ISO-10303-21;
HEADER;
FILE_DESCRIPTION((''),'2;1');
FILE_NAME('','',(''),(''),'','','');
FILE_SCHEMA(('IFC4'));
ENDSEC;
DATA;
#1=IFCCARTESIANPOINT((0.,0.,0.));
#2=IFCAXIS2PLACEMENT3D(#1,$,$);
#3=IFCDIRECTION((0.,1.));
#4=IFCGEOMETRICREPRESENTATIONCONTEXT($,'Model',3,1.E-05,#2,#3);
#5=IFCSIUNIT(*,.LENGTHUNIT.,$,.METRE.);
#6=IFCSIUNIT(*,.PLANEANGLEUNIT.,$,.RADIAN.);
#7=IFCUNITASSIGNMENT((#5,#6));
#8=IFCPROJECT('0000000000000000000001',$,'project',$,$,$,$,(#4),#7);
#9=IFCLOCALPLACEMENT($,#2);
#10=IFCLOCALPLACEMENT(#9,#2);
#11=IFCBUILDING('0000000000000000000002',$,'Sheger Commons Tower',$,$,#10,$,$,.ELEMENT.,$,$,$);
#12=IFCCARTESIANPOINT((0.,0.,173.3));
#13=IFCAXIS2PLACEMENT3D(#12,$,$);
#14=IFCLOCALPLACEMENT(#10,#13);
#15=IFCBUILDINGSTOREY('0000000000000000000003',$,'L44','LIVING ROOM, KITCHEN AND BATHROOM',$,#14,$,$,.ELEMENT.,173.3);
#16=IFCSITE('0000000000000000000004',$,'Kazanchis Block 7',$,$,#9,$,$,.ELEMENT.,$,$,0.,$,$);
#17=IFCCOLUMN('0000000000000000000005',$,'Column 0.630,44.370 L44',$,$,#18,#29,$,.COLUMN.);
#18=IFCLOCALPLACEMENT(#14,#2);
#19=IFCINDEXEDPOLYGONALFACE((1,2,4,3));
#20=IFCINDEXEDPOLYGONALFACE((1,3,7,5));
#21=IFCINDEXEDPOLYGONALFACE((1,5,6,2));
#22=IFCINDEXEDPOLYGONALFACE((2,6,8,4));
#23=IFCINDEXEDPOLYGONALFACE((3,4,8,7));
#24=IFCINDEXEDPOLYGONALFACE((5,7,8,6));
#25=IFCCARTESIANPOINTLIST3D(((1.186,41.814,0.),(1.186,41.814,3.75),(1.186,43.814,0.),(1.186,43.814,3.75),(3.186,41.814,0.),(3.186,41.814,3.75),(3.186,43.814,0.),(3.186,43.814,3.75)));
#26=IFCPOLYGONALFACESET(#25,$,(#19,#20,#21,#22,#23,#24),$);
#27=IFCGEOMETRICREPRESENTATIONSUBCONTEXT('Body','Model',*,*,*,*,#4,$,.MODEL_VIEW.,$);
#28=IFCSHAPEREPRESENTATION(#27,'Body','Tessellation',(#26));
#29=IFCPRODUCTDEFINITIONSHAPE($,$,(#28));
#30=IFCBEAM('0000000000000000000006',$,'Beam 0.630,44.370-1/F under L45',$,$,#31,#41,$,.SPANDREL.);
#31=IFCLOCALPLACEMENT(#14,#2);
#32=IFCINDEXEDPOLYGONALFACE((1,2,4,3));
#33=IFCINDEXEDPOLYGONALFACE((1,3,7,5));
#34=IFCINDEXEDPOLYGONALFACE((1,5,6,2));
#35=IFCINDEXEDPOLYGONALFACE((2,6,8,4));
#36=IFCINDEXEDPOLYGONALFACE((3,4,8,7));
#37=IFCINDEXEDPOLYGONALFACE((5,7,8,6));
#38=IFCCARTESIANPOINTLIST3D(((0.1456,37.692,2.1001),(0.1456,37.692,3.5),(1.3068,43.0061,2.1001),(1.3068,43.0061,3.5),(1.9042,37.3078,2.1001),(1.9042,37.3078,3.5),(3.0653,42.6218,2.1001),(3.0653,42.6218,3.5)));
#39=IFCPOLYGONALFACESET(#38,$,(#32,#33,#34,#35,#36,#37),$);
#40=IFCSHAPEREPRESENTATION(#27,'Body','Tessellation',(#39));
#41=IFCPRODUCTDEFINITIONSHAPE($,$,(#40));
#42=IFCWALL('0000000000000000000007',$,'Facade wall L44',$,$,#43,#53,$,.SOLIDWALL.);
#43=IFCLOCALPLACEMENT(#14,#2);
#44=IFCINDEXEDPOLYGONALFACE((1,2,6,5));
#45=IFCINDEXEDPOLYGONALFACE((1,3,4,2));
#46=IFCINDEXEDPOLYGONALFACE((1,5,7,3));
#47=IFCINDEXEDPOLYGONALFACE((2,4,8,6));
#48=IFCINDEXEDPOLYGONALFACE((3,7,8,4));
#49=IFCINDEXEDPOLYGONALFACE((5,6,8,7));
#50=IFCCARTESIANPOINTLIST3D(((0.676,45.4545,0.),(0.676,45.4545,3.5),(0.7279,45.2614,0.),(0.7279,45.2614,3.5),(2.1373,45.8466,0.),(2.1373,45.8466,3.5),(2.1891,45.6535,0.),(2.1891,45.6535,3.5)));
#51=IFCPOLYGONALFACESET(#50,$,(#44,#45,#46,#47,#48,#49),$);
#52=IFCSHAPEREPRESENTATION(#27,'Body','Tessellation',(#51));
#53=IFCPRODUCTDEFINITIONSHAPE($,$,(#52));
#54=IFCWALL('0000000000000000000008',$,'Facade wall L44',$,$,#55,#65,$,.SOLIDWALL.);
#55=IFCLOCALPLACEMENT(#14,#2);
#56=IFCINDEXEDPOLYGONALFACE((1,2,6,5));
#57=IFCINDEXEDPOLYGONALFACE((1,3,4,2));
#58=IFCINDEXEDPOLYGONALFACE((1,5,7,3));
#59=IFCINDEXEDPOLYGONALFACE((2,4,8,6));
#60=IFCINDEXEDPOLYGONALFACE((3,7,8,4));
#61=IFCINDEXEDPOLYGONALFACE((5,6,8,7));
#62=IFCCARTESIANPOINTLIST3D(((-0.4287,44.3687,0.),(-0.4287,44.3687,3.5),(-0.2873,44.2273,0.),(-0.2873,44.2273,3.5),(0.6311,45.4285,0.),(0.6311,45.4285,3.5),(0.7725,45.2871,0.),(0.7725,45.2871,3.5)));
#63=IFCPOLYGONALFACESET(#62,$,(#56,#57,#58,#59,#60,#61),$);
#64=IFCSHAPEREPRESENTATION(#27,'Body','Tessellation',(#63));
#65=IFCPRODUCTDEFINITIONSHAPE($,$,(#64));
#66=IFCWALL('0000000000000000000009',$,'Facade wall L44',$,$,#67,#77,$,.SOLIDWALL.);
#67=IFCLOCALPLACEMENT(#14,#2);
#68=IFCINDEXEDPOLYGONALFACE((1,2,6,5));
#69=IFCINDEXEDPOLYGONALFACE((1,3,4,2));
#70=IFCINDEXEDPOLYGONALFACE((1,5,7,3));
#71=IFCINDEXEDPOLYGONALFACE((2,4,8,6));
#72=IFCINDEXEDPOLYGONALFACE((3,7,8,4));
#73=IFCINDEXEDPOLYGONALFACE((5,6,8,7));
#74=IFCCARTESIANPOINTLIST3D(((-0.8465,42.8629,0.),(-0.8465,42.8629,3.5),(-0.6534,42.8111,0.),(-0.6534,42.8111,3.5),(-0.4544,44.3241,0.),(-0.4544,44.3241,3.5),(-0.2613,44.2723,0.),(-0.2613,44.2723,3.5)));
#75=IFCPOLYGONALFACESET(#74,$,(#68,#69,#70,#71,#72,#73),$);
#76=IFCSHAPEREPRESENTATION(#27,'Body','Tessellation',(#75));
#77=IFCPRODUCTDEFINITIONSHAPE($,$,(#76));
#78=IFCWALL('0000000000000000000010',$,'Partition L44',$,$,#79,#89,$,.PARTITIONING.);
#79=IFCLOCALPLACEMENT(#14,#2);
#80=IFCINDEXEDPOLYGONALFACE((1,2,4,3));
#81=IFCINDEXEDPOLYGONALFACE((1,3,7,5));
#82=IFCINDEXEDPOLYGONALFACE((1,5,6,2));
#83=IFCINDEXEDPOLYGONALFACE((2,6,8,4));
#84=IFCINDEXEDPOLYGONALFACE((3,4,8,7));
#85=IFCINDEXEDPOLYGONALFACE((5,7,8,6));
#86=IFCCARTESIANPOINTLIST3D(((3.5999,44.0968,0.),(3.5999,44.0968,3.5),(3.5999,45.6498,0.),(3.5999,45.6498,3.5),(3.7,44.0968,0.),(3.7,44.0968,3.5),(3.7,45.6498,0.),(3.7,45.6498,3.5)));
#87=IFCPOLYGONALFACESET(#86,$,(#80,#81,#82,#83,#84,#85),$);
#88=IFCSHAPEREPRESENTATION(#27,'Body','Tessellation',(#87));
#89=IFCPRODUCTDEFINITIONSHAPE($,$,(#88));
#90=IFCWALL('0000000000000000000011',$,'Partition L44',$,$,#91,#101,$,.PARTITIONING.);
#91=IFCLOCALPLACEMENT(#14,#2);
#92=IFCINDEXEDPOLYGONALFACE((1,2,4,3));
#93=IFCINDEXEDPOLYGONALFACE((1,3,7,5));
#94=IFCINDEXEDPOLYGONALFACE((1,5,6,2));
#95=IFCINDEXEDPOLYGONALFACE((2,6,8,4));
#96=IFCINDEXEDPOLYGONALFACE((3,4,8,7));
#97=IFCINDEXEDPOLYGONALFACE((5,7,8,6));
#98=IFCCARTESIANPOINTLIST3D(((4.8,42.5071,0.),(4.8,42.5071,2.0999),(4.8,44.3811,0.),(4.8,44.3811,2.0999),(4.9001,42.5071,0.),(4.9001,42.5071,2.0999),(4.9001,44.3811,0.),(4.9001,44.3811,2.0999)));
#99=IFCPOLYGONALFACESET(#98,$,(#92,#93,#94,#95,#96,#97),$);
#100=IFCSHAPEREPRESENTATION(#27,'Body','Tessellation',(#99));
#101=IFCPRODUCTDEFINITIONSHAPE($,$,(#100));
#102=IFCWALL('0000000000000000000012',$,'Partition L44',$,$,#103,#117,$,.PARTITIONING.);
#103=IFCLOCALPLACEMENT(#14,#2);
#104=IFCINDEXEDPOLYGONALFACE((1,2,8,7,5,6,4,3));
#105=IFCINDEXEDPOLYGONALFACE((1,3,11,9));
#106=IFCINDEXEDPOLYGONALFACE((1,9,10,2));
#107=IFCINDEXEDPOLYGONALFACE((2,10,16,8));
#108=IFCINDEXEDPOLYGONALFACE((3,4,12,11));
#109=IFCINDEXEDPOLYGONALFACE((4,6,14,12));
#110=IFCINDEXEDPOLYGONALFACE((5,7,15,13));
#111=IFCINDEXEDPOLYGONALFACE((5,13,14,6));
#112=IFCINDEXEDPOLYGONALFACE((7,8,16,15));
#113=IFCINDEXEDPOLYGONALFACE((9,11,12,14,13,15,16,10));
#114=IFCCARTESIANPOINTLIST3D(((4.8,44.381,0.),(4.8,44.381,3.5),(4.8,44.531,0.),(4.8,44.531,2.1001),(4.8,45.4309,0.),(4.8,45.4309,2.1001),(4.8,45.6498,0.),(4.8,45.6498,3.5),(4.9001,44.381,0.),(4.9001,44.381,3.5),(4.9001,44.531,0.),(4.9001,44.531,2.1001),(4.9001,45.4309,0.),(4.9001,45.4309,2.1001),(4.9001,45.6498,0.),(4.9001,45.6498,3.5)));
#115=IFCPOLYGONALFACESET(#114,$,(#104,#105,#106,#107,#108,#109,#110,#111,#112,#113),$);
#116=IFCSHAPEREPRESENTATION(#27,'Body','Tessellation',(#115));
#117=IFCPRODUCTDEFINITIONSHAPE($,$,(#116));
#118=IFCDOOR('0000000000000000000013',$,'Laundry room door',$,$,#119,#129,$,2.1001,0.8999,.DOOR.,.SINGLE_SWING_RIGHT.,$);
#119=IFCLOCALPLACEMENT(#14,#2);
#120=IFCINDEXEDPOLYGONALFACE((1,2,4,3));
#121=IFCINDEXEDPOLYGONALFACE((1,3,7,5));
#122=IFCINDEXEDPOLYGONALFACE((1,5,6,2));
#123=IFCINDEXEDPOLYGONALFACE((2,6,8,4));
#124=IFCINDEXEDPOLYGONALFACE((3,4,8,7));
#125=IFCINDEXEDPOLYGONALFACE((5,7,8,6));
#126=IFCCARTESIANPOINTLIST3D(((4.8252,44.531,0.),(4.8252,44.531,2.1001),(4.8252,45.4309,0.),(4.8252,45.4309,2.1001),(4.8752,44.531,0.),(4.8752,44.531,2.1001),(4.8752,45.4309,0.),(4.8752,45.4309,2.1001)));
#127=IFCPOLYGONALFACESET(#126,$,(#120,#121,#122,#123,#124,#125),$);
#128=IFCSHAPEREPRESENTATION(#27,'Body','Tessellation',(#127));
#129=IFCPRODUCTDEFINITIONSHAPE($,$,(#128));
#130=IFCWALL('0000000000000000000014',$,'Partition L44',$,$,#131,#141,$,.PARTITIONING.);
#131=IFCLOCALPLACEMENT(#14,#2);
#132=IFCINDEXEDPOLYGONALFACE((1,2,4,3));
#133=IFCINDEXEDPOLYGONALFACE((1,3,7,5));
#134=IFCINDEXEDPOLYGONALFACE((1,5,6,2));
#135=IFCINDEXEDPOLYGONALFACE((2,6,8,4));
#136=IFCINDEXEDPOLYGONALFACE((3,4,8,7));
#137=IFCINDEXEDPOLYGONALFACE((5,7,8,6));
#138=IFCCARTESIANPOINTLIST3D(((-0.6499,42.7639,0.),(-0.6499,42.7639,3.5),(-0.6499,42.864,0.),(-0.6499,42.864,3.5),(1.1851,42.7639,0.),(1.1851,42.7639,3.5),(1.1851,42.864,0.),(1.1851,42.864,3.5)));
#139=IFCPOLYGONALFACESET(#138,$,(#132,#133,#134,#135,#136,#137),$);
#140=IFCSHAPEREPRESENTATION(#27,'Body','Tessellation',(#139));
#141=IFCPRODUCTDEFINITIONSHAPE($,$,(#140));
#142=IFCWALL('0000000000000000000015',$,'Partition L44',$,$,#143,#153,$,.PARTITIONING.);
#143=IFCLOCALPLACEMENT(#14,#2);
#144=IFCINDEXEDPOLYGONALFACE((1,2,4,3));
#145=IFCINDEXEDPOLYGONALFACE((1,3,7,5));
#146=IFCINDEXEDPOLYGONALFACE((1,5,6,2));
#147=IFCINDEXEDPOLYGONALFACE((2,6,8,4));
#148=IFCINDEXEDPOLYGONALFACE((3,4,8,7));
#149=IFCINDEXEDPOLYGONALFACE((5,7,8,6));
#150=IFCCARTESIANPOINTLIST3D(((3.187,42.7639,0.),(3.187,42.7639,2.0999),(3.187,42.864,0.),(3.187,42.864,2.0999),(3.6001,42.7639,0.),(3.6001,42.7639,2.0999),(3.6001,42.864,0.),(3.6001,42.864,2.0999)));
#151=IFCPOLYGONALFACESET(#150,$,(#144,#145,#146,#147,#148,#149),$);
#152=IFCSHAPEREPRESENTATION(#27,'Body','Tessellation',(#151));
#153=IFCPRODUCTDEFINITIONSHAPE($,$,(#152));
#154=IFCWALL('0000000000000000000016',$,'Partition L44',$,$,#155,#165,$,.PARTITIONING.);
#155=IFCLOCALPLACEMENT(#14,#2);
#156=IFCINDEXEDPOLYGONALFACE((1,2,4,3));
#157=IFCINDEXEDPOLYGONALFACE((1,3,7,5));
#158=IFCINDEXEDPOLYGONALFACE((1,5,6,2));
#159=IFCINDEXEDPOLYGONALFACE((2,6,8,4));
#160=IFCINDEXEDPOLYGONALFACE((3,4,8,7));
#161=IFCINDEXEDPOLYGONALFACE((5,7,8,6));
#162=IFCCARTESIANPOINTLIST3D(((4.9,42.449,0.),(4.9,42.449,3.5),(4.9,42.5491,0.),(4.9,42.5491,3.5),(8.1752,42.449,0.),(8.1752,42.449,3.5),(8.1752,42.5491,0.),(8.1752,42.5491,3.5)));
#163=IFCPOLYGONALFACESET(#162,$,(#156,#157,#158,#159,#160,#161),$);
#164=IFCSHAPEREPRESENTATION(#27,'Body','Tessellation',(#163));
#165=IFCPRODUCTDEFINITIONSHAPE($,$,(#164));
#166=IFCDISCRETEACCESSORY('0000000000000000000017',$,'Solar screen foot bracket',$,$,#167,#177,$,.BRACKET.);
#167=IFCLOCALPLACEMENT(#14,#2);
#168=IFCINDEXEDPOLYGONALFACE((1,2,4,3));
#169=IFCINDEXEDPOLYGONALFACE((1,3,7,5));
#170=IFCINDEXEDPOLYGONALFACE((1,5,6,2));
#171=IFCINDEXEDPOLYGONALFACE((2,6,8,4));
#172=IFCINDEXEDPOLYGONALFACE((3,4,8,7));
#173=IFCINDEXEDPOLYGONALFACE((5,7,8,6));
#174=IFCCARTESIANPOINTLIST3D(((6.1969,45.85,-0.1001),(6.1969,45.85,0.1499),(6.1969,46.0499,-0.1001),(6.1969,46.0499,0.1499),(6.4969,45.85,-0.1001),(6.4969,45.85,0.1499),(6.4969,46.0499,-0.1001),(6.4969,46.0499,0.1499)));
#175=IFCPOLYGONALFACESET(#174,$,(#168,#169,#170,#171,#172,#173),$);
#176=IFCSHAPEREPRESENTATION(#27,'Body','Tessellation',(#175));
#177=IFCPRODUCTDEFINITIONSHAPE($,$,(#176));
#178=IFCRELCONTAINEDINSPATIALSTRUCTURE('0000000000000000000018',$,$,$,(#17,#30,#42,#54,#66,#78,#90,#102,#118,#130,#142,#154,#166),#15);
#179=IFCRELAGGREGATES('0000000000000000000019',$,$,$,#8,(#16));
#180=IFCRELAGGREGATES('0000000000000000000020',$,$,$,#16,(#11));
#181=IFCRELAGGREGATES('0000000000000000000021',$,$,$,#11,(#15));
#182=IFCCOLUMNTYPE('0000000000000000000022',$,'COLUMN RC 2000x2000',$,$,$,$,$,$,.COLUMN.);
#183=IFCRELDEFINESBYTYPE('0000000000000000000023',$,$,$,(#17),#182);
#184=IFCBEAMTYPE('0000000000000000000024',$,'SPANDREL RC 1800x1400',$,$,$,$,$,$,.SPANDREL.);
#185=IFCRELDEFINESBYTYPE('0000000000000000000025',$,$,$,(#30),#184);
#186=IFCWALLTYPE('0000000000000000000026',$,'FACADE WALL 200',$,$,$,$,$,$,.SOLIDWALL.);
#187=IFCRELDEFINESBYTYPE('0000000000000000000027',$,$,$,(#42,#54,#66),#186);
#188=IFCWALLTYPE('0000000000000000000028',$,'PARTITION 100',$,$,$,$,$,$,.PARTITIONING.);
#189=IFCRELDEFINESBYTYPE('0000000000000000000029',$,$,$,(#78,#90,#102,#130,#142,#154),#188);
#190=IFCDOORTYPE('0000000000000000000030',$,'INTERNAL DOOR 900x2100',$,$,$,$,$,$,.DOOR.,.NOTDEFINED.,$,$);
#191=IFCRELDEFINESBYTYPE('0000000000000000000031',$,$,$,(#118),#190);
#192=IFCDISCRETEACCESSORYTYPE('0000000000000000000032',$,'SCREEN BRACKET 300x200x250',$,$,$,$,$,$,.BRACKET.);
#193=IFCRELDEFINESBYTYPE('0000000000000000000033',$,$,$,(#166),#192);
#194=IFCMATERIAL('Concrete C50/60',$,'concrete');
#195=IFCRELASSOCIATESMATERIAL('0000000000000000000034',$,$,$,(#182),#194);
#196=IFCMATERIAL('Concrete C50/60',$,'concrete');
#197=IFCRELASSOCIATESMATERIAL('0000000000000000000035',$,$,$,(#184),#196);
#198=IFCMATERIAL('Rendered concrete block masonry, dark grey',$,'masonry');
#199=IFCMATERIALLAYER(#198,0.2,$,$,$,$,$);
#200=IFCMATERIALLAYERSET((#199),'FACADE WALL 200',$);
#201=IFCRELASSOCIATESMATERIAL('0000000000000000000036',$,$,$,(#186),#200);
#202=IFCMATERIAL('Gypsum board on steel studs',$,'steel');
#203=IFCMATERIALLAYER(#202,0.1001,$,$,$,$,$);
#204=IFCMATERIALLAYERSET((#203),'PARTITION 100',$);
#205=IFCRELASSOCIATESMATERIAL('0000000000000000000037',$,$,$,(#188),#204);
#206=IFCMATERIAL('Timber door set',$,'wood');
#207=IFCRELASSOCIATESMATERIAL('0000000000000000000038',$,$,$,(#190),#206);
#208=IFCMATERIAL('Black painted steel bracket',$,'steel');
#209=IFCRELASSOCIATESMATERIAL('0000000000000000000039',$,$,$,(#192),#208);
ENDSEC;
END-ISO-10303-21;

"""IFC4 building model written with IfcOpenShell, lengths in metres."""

from ifc_helpers import new_model, si_unit, direction, frame, frame_2d, origin, origin_2d, place, context, subcontext, project, spatial, rectangle, extrude, material, layer, layer_set, material_profile, profile_set, type_object, element, fill, save


model = new_model("IFC4")

# Units and contexts
model_context = context("Model", 3, precision=1e-05, world=origin(), true_north=direction((0.0, 1.0)))
body_context = subcontext(model_context, "Body", "Model", "MODEL_VIEW")
ifc_project = project(units=[si_unit("LENGTHUNIT", "METRE"), si_unit("PLANEANGLEUNIT", "RADIAN")], contexts=[model_context])

# Site, building, storey
site_placement = place(None, origin())
site = spatial("IfcSite", under=ifc_project, at=site_placement, Name="Kazanchis Block 7", CompositionType="ELEMENT", RefElevation=0.0)
building_placement = place(site_placement, origin())
building = spatial("IfcBuilding", under=site, at=building_placement, Name="Sheger Commons Tower", CompositionType="ELEMENT")
storey_placement = place(building_placement, frame((0.0, 0.0, 173.3)))
storey = spatial("IfcBuildingStorey", under=building, at=storey_placement, Name="L44", Description="LIVING ROOM, KITCHEN AND BATHROOM", CompositionType="ELEMENT", Elevation=173.3)

# Column
ifc_material_1 = material(Name="Concrete C50/60", Category="concrete")
ifc_material_profile_1 = material_profile(ifc_material_1, rectangle(XDim=2.0, YDim=2.0, at=origin_2d()), Name="RC 2000x2000")
ifc_profile_set_1 = profile_set([ifc_material_profile_1], Name="Concrete C50/60")
column_type = type_object("IfcColumnType", Name="COLUMN RC 2000x2000", PredefinedType="COLUMN", material=ifc_profile_set_1)
column_placement = place(storey_placement, frame((2.186, 42.814, 0.0), z_axis=(0.0, 0.0, 1.0), x_axis=(1.0, 0.0, 0.0)))
element("IfcColumn", 1, at=column_placement, inside=storey, type_object=column_type, Name="Column 0.630,44.370 L44", PredefinedType="COLUMN", context=body_context, shape_type="SweptSolid", body=[
    extrude(rectangle(XDim=2.0, YDim=2.0, at=origin_2d()), origin(), (0.0, 0.0, 1.0), 3.75),
])

# Beam
ifc_material_2 = material(Name="Concrete C50/60", Category="concrete")
ifc_material_profile_2 = material_profile(ifc_material_2, rectangle(XDim=1.8, YDim=1.3999, at=origin_2d()), Name="RC 1800x1400")
ifc_profile_set_2 = profile_set([ifc_material_profile_2], Name="Concrete C50/60")
beam_type = type_object("IfcBeamType", Name="SPANDREL RC 1800x1400", PredefinedType="SPANDREL", material=ifc_profile_set_2)
beam_placement = place(storey_placement, frame((2.186, 42.814, 2.8), z_axis=(-0.213469, -0.97695, 0.0), x_axis=(0.97695, -0.213469, 0.0)))
element("IfcBeam", 2, at=beam_placement, inside=storey, type_object=beam_type, Name="Beam 0.630,44.370-1/F under L45", PredefinedType="SPANDREL", context=body_context, shape_type="SweptSolid", body=[
    extrude(rectangle(XDim=1.8, YDim=1.3999, at=origin_2d()), origin(), (0.0, 0.0, 1.0), 5.4395),
])

# Walls
ifc_material_3 = material(Name="Rendered concrete block masonry, dark grey", Category="masonry")
ifc_layer_1 = layer(ifc_material_3, 0.2)
ifc_layer_set_1 = layer_set([ifc_layer_1], Name="FACADE WALL 200")
wall_type_1 = type_object("IfcWallType", Name="FACADE WALL 200", PredefinedType="SOLIDWALL", material=ifc_layer_set_1)
wall_1_placement = place(storey_placement, frame((2.1631, 45.75, 0.0), z_axis=(0.0, 0.0, 1.0), x_axis=(-0.965832, -0.259169, 0.0)))
element("IfcWall", 3, at=wall_1_placement, inside=storey, type_object=wall_type_1, Name="Facade wall L44", PredefinedType="SOLIDWALL", context=body_context, shape_type="SweptSolid", body=[
    extrude(rectangle(XDim=1.5129, YDim=0.2, at=frame_2d((0.7563, 0.0))), origin(), (0.0, 0.0, 1.0), 3.5),
])
wall_2_placement = place(storey_placement, frame((0.7019, 45.3579, 0.0), z_axis=(0.0, 0.0, 1.0), x_axis=(-0.707107, -0.707107, 0.0)))
element("IfcWall", 4, at=wall_2_placement, inside=storey, type_object=wall_type_1, Name="Facade wall L44", PredefinedType="SOLIDWALL", context=body_context, shape_type="SweptSolid", body=[
    extrude(rectangle(XDim=1.4988, YDim=0.2, at=frame_2d((0.7495, 0.0))), origin(), (0.0, 0.0, 1.0), 3.5),
])
wall_3_placement = place(storey_placement, frame((-0.3579, 44.2981, 0.0), z_axis=(0.0, 0.0, 1.0), x_axis=(-0.259169, -0.965832, 0.0)))
element("IfcWall", 5, at=wall_3_placement, inside=storey, type_object=wall_type_1, Name="Facade wall L44", PredefinedType="SOLIDWALL", context=body_context, shape_type="SweptSolid", body=[
    extrude(rectangle(XDim=1.5129, YDim=0.2, at=frame_2d((0.7563, 0.0))), origin(), (0.0, 0.0, 1.0), 3.5),
])

# Walls
ifc_material_4 = material(Name="Gypsum board on steel studs", Category="steel")
ifc_layer_2 = layer(ifc_material_4, 0.1001)
ifc_layer_set_2 = layer_set([ifc_layer_2], Name="PARTITION 100")
wall_type_2 = type_object("IfcWallType", Name="PARTITION 100", PredefinedType="PARTITIONING", material=ifc_layer_set_2)
wall_4_placement = place(storey_placement, frame((3.6499, 44.0969, 0.0), z_axis=(0.0, 0.0, 1.0), x_axis=(0.0, 1.0, 0.0)))
element("IfcWall", 6, at=wall_4_placement, inside=storey, type_object=wall_type_2, Name="Partition L44", PredefinedType="PARTITIONING", context=body_context, shape_type="SweptSolid", body=[
    extrude(rectangle(XDim=1.553, YDim=0.1001, at=frame_2d((0.7764, 0.0))), origin(), (0.0, 0.0, 1.0), 3.5),
])
wall_5_placement = place(storey_placement, frame((4.8501, 42.5071, 0.0), z_axis=(0.0, 0.0, 1.0), x_axis=(0.0, 1.0, 0.0)))
element("IfcWall", 7, at=wall_5_placement, inside=storey, type_object=wall_type_2, Name="Partition L44", PredefinedType="PARTITIONING", context=body_context, shape_type="SweptSolid", body=[
    extrude(rectangle(XDim=1.874, YDim=0.1001, at=frame_2d((0.937, 0.0))), origin(), (0.0, 0.0, 1.0), 2.0999),
])

# Wall, opening, door
wall_6_placement = place(storey_placement, frame((4.8501, 44.3811, 0.0), z_axis=(0.0, 0.0, 1.0), x_axis=(0.0, 1.0, 0.0)))
wall_6 = element("IfcWall", 8, at=wall_6_placement, inside=storey, type_object=wall_type_2, Name="Partition L44", PredefinedType="PARTITIONING", context=body_context, shape_type="SweptSolid", body=[
    extrude(rectangle(XDim=1.2688, YDim=0.1001, at=frame_2d((0.6343, 0.0))), origin(), (0.0, 0.0, 1.0), 3.5),
])
opening_1_placement = place(wall_6_placement, frame((0.1499, 0.0, 0.0)))
opening_1 = element("IfcOpeningElement", 9, at=opening_1_placement, cuts=wall_6, PredefinedType="OPENING", context=body_context, shape_type="SweptSolid", body=[
    extrude(rectangle(XDim=0.8999, YDim=2.1001, at=frame_2d((0.45, 1.05))), frame((0.0, 0.0601, 0.0), z_axis=(0.0, -1.0, 0.0), x_axis=(1.0, 0.0, 0.0)), (0.0, 0.0, 1.0), 0.1201),
])
ifc_material_5 = material(Name="Timber door set", Category="wood")
door_type = type_object("IfcDoorType", Name="INTERNAL DOOR 900x2100", OperationType="NOTDEFINED", PredefinedType="DOOR", material=ifc_material_5)
door_placement = place(opening_1_placement, origin())
door = element("IfcDoor", 10, at=door_placement, inside=storey, type_object=door_type, Name="Laundry room door", OperationType="SINGLE_SWING_RIGHT", OverallHeight=2.1001, OverallWidth=0.8999, PredefinedType="DOOR", context=body_context, shape_type="SweptSolid", body=[
    extrude(rectangle(XDim=0.8999, YDim=2.1001, at=frame_2d((0.45, 1.05))), frame((0.0, 0.0249, 0.0), z_axis=(0.0, -1.0, 0.0), x_axis=(1.0, 0.0, 0.0)), (0.0, 0.0, 1.0), 0.05),
])
fill(opening_1, door)

# Walls
wall_7_placement = place(storey_placement, frame((-0.6499, 42.814, 0.0), z_axis=(0.0, 0.0, 1.0), x_axis=(1.0, 0.0, 0.0)))
element("IfcWall", 11, at=wall_7_placement, inside=storey, type_object=wall_type_2, Name="Partition L44", PredefinedType="PARTITIONING", context=body_context, shape_type="SweptSolid", body=[
    extrude(rectangle(XDim=1.835, YDim=0.1001, at=frame_2d((0.9175, 0.0))), origin(), (0.0, 0.0, 1.0), 3.5),
])
wall_8_placement = place(storey_placement, frame((3.187, 42.814, 0.0), z_axis=(0.0, 0.0, 1.0), x_axis=(1.0, 0.0, 0.0)))
element("IfcWall", 12, at=wall_8_placement, inside=storey, type_object=wall_type_2, Name="Partition L44", PredefinedType="PARTITIONING", context=body_context, shape_type="SweptSolid", body=[
    extrude(rectangle(XDim=0.4131, YDim=0.1001, at=frame_2d((0.2065, 0.0))), origin(), (0.0, 0.0, 1.0), 2.0999),
])
wall_9_placement = place(storey_placement, frame((4.8999, 42.499, 0.0), z_axis=(0.0, 0.0, 1.0), x_axis=(1.0, 0.0, 0.0)))
element("IfcWall", 13, at=wall_9_placement, inside=storey, type_object=wall_type_2, Name="Partition L44", PredefinedType="PARTITIONING", context=body_context, shape_type="SweptSolid", body=[
    extrude(rectangle(XDim=3.2751, YDim=0.1001, at=frame_2d((1.6377, 0.0))), origin(), (0.0, 0.0, 1.0), 3.5),
])

# Discrete accessory
ifc_material_6 = material(Name="Black painted steel bracket", Category="steel")
discrete_accessory_type = type_object("IfcDiscreteAccessoryType", Name="SCREEN BRACKET 300x200x250", PredefinedType="BRACKET", material=ifc_material_6)
for number, where, z_axis, x_axis, name in (
    (14, (6.3469, 45.95, -0.1001), (0.0, 0.0, 1.0), (-1.0, 0.0, 0.0), "Solar screen foot bracket"),
):
    element("IfcDiscreteAccessory", number, at=place(storey_placement, frame(where, z_axis=z_axis, x_axis=x_axis)), inside=storey, type_object=discrete_accessory_type, Name=name, PredefinedType="BRACKET", context=body_context, shape_type="SweptSolid", body=[
        extrude(rectangle(XDim=0.3, YDim=0.2, at=origin_2d()), origin(), (0.0, 0.0, 1.0), 0.25),
    ])

save(model, "model.ifc")
